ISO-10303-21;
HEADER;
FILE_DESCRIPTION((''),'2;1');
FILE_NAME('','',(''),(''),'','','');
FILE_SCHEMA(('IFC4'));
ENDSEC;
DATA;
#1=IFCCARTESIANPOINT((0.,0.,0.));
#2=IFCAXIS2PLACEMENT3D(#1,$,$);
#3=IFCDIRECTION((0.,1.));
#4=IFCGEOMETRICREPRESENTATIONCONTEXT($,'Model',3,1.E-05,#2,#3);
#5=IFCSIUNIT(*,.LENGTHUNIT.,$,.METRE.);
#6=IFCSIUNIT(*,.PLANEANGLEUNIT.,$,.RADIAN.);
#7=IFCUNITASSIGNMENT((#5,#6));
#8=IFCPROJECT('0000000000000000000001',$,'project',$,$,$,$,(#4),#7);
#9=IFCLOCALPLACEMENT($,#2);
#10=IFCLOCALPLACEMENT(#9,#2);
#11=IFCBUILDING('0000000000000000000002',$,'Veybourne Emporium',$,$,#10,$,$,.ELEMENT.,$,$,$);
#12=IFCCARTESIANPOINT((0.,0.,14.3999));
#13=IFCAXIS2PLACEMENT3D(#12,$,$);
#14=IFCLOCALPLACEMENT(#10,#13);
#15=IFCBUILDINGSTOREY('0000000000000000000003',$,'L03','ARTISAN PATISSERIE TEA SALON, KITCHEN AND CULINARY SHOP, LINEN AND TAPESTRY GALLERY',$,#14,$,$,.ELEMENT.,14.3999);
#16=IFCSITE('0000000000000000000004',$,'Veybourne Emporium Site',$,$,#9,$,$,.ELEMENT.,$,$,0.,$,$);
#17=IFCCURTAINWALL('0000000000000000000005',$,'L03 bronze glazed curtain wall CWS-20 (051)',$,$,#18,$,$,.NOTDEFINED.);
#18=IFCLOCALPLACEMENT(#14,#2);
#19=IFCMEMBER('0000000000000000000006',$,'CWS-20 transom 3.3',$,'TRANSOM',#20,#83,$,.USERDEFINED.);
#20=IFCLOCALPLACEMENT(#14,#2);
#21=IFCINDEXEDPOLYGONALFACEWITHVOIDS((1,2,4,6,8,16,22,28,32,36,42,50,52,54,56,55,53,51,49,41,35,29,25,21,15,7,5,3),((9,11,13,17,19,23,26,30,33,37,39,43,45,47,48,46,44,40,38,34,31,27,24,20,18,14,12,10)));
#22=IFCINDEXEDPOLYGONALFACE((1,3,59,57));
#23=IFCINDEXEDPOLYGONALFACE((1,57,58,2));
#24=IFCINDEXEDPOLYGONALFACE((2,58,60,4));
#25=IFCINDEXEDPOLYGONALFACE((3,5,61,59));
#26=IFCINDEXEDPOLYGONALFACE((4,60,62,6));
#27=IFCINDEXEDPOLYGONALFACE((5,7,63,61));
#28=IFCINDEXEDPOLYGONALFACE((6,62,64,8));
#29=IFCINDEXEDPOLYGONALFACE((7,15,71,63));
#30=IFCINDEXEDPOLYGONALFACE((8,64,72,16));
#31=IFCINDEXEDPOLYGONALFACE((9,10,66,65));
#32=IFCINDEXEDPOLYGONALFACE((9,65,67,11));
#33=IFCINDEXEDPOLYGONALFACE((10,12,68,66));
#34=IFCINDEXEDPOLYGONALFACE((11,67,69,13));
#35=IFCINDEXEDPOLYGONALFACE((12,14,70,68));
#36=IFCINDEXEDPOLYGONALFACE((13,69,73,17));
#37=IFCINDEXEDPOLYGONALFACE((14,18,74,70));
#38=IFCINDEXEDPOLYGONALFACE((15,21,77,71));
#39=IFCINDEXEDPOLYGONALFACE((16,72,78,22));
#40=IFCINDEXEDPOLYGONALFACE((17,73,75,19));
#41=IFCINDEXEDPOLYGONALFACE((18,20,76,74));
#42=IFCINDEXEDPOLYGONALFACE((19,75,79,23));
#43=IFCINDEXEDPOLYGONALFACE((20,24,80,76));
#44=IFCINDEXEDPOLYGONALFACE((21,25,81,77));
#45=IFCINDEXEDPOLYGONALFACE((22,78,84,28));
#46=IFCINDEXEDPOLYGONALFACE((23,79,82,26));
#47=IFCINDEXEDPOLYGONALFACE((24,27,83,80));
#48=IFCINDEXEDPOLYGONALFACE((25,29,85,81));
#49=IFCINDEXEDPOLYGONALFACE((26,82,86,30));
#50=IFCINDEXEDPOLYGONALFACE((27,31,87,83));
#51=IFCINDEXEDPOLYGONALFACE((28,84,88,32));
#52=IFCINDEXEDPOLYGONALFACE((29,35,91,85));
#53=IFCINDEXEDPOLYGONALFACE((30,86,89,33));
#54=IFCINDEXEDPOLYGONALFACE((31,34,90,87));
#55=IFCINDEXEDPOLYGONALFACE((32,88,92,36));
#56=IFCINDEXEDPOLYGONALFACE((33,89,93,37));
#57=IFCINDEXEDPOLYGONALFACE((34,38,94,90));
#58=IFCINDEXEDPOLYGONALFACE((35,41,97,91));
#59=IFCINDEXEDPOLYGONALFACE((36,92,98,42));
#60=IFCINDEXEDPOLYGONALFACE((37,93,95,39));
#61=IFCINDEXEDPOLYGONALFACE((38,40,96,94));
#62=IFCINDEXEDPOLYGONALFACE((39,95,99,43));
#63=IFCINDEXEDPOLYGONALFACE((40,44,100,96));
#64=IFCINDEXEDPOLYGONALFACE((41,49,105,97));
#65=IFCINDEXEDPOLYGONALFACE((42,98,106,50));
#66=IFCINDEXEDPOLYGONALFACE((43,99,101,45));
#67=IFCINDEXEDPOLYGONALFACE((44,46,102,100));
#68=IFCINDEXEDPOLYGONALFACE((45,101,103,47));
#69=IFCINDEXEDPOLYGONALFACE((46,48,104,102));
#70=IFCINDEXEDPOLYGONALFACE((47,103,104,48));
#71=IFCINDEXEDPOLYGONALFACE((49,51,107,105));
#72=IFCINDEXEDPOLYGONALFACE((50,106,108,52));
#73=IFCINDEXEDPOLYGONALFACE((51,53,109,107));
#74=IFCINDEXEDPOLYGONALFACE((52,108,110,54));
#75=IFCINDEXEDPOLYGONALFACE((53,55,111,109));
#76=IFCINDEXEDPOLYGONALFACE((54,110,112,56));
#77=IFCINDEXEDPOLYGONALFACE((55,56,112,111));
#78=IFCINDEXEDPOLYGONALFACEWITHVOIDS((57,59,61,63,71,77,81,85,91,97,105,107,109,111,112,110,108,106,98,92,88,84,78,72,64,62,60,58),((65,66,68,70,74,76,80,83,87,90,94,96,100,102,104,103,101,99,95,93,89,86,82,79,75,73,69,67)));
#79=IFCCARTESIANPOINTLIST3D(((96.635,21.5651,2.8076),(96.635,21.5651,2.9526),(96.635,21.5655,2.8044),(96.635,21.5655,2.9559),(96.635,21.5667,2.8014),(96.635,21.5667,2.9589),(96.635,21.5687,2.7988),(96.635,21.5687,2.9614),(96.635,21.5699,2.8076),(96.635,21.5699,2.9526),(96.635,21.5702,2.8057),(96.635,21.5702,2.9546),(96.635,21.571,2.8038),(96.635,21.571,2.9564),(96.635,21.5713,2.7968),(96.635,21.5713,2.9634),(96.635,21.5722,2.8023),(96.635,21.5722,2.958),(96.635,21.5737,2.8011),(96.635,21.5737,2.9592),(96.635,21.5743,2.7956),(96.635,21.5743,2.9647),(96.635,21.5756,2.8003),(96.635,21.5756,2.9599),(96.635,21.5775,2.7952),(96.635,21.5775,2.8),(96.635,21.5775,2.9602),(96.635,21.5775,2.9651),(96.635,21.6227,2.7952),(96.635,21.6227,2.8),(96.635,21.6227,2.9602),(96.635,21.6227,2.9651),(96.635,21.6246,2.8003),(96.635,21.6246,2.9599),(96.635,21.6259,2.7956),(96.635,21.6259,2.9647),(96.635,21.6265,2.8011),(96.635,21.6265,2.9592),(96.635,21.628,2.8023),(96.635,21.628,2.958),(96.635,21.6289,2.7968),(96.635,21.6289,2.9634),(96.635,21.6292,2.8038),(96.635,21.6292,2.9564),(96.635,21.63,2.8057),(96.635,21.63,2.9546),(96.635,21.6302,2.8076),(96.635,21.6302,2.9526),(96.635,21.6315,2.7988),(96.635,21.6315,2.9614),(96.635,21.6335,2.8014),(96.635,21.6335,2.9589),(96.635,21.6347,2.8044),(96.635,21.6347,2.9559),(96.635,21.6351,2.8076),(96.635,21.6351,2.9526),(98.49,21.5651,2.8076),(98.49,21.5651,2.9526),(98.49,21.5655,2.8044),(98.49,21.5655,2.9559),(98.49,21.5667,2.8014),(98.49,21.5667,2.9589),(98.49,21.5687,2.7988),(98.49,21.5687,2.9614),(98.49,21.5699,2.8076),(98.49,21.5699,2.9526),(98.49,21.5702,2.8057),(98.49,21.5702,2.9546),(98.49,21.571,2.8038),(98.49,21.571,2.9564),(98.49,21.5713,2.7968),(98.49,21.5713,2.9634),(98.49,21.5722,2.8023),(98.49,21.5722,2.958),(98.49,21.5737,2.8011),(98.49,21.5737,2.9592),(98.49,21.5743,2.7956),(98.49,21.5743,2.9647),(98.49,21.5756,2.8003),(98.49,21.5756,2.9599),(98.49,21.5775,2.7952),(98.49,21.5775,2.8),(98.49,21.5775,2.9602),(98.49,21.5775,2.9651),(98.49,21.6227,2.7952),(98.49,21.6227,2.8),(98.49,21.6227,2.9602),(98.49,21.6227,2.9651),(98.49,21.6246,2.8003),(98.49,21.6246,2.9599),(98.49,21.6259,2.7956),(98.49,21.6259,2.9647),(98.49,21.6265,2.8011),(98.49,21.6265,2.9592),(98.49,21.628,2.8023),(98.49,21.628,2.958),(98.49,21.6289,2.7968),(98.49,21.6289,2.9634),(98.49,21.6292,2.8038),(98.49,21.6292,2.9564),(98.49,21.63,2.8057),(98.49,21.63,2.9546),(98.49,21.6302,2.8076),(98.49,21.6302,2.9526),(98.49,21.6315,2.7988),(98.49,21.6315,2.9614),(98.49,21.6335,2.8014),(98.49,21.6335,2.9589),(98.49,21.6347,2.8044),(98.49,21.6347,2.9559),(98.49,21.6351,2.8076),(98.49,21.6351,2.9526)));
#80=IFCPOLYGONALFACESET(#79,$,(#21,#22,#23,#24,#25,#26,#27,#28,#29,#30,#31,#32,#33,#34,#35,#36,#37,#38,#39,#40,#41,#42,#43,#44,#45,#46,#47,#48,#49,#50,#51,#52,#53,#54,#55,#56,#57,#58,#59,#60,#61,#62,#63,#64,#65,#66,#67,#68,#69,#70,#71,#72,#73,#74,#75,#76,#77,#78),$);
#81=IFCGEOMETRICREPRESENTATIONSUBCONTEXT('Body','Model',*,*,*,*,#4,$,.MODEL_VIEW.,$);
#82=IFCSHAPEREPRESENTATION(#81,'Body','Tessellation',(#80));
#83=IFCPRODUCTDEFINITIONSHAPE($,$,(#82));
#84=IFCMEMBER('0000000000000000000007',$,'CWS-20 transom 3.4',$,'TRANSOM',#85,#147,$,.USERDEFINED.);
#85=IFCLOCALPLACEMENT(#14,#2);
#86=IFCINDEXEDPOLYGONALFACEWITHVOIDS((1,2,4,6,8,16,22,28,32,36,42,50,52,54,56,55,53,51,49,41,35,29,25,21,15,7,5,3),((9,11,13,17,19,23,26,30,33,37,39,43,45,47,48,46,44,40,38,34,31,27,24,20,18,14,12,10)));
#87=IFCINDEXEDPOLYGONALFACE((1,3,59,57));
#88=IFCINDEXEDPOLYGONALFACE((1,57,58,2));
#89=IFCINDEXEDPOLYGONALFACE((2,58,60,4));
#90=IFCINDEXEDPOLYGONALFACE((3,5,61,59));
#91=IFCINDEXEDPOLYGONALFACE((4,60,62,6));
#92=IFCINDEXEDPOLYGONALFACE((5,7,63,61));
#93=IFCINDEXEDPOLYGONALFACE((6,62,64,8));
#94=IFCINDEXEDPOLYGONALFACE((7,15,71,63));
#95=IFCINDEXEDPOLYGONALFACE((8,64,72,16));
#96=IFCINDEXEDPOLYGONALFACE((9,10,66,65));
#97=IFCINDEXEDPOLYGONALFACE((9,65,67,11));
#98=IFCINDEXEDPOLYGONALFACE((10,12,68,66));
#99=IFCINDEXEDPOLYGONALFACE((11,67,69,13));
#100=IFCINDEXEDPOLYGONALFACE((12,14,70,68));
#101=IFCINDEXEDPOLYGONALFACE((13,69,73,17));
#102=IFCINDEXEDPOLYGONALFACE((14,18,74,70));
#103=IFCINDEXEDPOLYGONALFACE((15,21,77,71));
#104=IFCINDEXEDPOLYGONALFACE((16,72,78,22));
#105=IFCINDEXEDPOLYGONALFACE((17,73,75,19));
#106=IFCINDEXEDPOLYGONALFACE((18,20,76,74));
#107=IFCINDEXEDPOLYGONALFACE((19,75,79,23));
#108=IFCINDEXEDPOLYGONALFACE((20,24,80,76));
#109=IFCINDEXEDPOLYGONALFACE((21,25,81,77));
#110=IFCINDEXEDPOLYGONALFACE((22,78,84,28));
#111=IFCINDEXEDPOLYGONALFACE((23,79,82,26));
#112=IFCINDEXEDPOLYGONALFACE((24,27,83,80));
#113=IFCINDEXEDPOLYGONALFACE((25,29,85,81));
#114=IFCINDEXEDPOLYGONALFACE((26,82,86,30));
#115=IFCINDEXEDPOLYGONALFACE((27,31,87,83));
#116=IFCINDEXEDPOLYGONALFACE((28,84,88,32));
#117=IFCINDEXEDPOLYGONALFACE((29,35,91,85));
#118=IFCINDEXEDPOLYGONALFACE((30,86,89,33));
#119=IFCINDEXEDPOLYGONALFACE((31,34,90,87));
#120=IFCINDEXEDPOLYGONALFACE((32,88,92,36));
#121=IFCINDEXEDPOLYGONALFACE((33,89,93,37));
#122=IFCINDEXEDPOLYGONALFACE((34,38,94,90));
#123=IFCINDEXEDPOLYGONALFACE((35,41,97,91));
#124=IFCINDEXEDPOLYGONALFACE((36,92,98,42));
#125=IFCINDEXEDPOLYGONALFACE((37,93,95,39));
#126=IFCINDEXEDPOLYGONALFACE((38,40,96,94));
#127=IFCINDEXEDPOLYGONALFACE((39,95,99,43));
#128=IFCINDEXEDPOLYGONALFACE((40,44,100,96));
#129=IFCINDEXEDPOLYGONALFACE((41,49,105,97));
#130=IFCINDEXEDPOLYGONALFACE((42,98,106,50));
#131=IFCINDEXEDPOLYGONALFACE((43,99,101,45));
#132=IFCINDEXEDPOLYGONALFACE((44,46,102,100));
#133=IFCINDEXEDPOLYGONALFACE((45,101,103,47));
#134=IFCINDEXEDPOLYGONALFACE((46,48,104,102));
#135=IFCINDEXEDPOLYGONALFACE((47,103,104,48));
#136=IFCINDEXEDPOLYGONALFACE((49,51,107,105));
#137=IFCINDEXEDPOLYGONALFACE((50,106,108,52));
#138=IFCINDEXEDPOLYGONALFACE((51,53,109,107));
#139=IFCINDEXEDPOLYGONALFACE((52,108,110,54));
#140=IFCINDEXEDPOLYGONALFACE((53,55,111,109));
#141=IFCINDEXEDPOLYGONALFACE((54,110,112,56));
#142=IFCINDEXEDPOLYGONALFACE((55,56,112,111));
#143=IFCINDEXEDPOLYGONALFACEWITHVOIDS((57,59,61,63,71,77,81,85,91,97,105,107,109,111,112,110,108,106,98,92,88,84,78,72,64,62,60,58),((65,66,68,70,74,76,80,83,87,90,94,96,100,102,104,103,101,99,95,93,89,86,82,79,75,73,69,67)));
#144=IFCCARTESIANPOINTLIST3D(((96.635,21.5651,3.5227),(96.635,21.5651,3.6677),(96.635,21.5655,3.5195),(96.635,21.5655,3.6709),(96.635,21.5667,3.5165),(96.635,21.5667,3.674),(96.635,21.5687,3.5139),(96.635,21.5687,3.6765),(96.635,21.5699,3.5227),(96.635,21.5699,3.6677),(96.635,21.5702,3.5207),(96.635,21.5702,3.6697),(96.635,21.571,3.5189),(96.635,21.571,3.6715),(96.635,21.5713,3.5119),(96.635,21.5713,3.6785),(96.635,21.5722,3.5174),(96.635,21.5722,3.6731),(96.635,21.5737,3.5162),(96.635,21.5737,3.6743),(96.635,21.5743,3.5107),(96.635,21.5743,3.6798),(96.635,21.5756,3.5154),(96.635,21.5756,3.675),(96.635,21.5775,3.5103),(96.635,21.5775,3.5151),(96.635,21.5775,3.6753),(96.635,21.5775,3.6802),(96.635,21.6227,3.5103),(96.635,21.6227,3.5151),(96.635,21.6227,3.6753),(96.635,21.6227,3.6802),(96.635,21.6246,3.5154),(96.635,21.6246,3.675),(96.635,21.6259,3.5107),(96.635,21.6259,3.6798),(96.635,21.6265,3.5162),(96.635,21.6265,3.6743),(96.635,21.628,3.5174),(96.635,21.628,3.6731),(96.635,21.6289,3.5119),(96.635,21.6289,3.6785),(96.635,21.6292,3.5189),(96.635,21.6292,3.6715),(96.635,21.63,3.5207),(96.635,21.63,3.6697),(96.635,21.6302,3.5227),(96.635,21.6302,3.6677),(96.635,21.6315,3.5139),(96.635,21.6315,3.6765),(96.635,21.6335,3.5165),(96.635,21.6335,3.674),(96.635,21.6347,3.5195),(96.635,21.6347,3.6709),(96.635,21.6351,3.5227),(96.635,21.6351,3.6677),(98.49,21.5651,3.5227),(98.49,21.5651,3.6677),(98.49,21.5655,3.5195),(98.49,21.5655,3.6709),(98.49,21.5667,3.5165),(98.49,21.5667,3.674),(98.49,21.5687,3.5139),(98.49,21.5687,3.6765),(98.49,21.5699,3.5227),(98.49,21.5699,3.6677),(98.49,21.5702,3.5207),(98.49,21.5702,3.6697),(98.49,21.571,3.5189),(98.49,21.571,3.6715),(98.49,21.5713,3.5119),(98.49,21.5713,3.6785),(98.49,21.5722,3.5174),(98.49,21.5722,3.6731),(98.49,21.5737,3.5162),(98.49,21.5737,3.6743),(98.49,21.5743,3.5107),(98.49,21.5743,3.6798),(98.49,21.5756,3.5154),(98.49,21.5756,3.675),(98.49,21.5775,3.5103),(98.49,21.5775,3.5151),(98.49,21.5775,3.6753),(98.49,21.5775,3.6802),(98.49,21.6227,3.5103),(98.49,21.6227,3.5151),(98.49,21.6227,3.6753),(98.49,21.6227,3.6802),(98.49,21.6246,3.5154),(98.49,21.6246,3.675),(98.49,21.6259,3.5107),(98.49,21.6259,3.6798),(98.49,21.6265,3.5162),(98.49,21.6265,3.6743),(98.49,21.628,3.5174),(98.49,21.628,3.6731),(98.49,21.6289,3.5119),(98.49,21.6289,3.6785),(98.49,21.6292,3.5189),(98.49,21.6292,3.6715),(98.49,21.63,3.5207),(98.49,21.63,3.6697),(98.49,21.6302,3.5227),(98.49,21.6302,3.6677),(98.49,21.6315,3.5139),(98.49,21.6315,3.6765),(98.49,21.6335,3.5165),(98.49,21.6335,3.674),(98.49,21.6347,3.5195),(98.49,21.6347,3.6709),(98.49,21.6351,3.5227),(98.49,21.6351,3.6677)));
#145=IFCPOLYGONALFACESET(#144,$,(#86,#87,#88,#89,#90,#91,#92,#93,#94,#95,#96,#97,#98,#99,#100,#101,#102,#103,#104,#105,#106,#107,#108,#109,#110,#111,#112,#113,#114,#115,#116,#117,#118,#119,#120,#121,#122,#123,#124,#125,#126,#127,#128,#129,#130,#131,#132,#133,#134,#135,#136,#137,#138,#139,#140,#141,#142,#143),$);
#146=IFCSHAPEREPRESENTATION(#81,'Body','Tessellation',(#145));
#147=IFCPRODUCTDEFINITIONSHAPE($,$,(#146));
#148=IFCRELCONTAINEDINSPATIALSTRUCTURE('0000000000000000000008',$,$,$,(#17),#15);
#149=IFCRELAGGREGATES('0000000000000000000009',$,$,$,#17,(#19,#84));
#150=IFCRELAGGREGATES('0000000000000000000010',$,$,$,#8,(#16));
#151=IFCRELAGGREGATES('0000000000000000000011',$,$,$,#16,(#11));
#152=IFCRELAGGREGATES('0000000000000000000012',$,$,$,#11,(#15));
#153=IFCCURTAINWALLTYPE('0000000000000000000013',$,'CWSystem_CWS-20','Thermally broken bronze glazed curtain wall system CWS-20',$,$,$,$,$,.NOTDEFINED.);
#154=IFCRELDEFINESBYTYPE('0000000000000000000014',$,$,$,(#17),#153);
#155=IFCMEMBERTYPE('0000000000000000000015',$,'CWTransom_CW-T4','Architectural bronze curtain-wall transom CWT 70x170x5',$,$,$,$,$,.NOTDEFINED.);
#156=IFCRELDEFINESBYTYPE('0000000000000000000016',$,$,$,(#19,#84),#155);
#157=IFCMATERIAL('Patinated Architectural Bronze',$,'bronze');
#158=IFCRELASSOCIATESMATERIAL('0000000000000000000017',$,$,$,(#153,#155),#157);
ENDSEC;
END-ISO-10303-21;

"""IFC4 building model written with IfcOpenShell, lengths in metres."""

from ifc_helpers import new_model, si_unit, direction, frame, origin, origin_2d, place, context, subcontext, project, spatial, hollow_rectangle, extrude, material, material_profile, profile_set, type_object, element, aggregate, save


model = new_model("IFC4")

# Units and contexts
model_context = context("Model", 3, precision=1e-05, world=origin(), true_north=direction((0.0, 1.0)))
body_context = subcontext(model_context, "Body", "Model", "MODEL_VIEW")
ifc_project = project(units=[si_unit("LENGTHUNIT", "METRE"), si_unit("PLANEANGLEUNIT", "RADIAN")], contexts=[model_context])

# Site, building, storey
site_placement = place(None, origin())
site = spatial("IfcSite", under=ifc_project, at=site_placement, Name="Veybourne Emporium Site", CompositionType="ELEMENT", RefElevation=0.0)
building_placement = place(site_placement, origin())
building = spatial("IfcBuilding", under=site, at=building_placement, Name="Veybourne Emporium", CompositionType="ELEMENT")
storey_placement = place(building_placement, frame((0.0, 0.0, 14.3999)))
storey = spatial("IfcBuildingStorey", under=building, at=storey_placement, Name="L03", Description="ARTISAN PATISSERIE TEA SALON, KITCHEN AND CULINARY SHOP, LINEN AND TAPESTRY GALLERY", CompositionType="ELEMENT", Elevation=14.3999)

# Curtain wall, members
ifc_material_1 = material(Name="Patinated Architectural Bronze", Category="bronze")
curtain_wall_type = type_object("IfcCurtainWallType", Name="CWSystem_CWS-20", Description="Thermally broken bronze glazed curtain wall system CWS-20", PredefinedType="NOTDEFINED", material=ifc_material_1)
curtain_wall_placement = place(storey_placement, origin())
curtain_wall = element("IfcCurtainWall", 1, at=curtain_wall_placement, inside=storey, type_object=curtain_wall_type, Name="L03 bronze glazed curtain wall CWS-20 (051)", PredefinedType="NOTDEFINED")
ifc_material_profile_1 = material_profile(ifc_material_1, hollow_rectangle(XDim=0.0701, YDim=0.1699, WallThickness=0.0049, InnerFilletRadius=0.0076, OuterFilletRadius=0.0125, at=origin_2d()), Name="CWT 70x170x5")
ifc_profile_set_1 = profile_set([ifc_material_profile_1], Name="Patinated Architectural Bronze")
member_type_1 = type_object("IfcMemberType", Name="CWTransom_CW-T4", Description="Architectural bronze curtain-wall transom CWT 70x170x5", PredefinedType="NOTDEFINED", material=ifc_profile_set_1)
member_1_placement = place(storey_placement, frame((96.635, 21.6001, 2.8801), z_axis=(1.0, 0.0, 0.0), x_axis=(0.0, 1.0, 0.0)))
member_1 = element("IfcMember", 2, at=member_1_placement, type_object=member_type_1, Name="CWS-20 transom 3.3", ObjectType="TRANSOM", PredefinedType="USERDEFINED", context=body_context, shape_type="SweptSolid", body=[
    extrude(hollow_rectangle(XDim=0.0701, YDim=0.1699, WallThickness=0.0049, InnerFilletRadius=0.0076, OuterFilletRadius=0.0125, at=origin_2d()), origin(), (0.0, 0.0, 1.0), 1.855),
])
member_2_placement = place(storey_placement, frame((96.635, 21.6001, 3.5952), z_axis=(1.0, 0.0, 0.0), x_axis=(0.0, 1.0, 0.0)))
member_2 = element("IfcMember", 3, at=member_2_placement, type_object=member_type_1, Name="CWS-20 transom 3.4", ObjectType="TRANSOM", PredefinedType="USERDEFINED", context=body_context, shape_type="SweptSolid", body=[
    extrude(hollow_rectangle(XDim=0.0701, YDim=0.1699, WallThickness=0.0049, InnerFilletRadius=0.0076, OuterFilletRadius=0.0125, at=origin_2d()), origin(), (0.0, 0.0, 1.0), 1.855),
])

aggregate(curtain_wall, [member_1, member_2])

save(model, "model.ifc")
